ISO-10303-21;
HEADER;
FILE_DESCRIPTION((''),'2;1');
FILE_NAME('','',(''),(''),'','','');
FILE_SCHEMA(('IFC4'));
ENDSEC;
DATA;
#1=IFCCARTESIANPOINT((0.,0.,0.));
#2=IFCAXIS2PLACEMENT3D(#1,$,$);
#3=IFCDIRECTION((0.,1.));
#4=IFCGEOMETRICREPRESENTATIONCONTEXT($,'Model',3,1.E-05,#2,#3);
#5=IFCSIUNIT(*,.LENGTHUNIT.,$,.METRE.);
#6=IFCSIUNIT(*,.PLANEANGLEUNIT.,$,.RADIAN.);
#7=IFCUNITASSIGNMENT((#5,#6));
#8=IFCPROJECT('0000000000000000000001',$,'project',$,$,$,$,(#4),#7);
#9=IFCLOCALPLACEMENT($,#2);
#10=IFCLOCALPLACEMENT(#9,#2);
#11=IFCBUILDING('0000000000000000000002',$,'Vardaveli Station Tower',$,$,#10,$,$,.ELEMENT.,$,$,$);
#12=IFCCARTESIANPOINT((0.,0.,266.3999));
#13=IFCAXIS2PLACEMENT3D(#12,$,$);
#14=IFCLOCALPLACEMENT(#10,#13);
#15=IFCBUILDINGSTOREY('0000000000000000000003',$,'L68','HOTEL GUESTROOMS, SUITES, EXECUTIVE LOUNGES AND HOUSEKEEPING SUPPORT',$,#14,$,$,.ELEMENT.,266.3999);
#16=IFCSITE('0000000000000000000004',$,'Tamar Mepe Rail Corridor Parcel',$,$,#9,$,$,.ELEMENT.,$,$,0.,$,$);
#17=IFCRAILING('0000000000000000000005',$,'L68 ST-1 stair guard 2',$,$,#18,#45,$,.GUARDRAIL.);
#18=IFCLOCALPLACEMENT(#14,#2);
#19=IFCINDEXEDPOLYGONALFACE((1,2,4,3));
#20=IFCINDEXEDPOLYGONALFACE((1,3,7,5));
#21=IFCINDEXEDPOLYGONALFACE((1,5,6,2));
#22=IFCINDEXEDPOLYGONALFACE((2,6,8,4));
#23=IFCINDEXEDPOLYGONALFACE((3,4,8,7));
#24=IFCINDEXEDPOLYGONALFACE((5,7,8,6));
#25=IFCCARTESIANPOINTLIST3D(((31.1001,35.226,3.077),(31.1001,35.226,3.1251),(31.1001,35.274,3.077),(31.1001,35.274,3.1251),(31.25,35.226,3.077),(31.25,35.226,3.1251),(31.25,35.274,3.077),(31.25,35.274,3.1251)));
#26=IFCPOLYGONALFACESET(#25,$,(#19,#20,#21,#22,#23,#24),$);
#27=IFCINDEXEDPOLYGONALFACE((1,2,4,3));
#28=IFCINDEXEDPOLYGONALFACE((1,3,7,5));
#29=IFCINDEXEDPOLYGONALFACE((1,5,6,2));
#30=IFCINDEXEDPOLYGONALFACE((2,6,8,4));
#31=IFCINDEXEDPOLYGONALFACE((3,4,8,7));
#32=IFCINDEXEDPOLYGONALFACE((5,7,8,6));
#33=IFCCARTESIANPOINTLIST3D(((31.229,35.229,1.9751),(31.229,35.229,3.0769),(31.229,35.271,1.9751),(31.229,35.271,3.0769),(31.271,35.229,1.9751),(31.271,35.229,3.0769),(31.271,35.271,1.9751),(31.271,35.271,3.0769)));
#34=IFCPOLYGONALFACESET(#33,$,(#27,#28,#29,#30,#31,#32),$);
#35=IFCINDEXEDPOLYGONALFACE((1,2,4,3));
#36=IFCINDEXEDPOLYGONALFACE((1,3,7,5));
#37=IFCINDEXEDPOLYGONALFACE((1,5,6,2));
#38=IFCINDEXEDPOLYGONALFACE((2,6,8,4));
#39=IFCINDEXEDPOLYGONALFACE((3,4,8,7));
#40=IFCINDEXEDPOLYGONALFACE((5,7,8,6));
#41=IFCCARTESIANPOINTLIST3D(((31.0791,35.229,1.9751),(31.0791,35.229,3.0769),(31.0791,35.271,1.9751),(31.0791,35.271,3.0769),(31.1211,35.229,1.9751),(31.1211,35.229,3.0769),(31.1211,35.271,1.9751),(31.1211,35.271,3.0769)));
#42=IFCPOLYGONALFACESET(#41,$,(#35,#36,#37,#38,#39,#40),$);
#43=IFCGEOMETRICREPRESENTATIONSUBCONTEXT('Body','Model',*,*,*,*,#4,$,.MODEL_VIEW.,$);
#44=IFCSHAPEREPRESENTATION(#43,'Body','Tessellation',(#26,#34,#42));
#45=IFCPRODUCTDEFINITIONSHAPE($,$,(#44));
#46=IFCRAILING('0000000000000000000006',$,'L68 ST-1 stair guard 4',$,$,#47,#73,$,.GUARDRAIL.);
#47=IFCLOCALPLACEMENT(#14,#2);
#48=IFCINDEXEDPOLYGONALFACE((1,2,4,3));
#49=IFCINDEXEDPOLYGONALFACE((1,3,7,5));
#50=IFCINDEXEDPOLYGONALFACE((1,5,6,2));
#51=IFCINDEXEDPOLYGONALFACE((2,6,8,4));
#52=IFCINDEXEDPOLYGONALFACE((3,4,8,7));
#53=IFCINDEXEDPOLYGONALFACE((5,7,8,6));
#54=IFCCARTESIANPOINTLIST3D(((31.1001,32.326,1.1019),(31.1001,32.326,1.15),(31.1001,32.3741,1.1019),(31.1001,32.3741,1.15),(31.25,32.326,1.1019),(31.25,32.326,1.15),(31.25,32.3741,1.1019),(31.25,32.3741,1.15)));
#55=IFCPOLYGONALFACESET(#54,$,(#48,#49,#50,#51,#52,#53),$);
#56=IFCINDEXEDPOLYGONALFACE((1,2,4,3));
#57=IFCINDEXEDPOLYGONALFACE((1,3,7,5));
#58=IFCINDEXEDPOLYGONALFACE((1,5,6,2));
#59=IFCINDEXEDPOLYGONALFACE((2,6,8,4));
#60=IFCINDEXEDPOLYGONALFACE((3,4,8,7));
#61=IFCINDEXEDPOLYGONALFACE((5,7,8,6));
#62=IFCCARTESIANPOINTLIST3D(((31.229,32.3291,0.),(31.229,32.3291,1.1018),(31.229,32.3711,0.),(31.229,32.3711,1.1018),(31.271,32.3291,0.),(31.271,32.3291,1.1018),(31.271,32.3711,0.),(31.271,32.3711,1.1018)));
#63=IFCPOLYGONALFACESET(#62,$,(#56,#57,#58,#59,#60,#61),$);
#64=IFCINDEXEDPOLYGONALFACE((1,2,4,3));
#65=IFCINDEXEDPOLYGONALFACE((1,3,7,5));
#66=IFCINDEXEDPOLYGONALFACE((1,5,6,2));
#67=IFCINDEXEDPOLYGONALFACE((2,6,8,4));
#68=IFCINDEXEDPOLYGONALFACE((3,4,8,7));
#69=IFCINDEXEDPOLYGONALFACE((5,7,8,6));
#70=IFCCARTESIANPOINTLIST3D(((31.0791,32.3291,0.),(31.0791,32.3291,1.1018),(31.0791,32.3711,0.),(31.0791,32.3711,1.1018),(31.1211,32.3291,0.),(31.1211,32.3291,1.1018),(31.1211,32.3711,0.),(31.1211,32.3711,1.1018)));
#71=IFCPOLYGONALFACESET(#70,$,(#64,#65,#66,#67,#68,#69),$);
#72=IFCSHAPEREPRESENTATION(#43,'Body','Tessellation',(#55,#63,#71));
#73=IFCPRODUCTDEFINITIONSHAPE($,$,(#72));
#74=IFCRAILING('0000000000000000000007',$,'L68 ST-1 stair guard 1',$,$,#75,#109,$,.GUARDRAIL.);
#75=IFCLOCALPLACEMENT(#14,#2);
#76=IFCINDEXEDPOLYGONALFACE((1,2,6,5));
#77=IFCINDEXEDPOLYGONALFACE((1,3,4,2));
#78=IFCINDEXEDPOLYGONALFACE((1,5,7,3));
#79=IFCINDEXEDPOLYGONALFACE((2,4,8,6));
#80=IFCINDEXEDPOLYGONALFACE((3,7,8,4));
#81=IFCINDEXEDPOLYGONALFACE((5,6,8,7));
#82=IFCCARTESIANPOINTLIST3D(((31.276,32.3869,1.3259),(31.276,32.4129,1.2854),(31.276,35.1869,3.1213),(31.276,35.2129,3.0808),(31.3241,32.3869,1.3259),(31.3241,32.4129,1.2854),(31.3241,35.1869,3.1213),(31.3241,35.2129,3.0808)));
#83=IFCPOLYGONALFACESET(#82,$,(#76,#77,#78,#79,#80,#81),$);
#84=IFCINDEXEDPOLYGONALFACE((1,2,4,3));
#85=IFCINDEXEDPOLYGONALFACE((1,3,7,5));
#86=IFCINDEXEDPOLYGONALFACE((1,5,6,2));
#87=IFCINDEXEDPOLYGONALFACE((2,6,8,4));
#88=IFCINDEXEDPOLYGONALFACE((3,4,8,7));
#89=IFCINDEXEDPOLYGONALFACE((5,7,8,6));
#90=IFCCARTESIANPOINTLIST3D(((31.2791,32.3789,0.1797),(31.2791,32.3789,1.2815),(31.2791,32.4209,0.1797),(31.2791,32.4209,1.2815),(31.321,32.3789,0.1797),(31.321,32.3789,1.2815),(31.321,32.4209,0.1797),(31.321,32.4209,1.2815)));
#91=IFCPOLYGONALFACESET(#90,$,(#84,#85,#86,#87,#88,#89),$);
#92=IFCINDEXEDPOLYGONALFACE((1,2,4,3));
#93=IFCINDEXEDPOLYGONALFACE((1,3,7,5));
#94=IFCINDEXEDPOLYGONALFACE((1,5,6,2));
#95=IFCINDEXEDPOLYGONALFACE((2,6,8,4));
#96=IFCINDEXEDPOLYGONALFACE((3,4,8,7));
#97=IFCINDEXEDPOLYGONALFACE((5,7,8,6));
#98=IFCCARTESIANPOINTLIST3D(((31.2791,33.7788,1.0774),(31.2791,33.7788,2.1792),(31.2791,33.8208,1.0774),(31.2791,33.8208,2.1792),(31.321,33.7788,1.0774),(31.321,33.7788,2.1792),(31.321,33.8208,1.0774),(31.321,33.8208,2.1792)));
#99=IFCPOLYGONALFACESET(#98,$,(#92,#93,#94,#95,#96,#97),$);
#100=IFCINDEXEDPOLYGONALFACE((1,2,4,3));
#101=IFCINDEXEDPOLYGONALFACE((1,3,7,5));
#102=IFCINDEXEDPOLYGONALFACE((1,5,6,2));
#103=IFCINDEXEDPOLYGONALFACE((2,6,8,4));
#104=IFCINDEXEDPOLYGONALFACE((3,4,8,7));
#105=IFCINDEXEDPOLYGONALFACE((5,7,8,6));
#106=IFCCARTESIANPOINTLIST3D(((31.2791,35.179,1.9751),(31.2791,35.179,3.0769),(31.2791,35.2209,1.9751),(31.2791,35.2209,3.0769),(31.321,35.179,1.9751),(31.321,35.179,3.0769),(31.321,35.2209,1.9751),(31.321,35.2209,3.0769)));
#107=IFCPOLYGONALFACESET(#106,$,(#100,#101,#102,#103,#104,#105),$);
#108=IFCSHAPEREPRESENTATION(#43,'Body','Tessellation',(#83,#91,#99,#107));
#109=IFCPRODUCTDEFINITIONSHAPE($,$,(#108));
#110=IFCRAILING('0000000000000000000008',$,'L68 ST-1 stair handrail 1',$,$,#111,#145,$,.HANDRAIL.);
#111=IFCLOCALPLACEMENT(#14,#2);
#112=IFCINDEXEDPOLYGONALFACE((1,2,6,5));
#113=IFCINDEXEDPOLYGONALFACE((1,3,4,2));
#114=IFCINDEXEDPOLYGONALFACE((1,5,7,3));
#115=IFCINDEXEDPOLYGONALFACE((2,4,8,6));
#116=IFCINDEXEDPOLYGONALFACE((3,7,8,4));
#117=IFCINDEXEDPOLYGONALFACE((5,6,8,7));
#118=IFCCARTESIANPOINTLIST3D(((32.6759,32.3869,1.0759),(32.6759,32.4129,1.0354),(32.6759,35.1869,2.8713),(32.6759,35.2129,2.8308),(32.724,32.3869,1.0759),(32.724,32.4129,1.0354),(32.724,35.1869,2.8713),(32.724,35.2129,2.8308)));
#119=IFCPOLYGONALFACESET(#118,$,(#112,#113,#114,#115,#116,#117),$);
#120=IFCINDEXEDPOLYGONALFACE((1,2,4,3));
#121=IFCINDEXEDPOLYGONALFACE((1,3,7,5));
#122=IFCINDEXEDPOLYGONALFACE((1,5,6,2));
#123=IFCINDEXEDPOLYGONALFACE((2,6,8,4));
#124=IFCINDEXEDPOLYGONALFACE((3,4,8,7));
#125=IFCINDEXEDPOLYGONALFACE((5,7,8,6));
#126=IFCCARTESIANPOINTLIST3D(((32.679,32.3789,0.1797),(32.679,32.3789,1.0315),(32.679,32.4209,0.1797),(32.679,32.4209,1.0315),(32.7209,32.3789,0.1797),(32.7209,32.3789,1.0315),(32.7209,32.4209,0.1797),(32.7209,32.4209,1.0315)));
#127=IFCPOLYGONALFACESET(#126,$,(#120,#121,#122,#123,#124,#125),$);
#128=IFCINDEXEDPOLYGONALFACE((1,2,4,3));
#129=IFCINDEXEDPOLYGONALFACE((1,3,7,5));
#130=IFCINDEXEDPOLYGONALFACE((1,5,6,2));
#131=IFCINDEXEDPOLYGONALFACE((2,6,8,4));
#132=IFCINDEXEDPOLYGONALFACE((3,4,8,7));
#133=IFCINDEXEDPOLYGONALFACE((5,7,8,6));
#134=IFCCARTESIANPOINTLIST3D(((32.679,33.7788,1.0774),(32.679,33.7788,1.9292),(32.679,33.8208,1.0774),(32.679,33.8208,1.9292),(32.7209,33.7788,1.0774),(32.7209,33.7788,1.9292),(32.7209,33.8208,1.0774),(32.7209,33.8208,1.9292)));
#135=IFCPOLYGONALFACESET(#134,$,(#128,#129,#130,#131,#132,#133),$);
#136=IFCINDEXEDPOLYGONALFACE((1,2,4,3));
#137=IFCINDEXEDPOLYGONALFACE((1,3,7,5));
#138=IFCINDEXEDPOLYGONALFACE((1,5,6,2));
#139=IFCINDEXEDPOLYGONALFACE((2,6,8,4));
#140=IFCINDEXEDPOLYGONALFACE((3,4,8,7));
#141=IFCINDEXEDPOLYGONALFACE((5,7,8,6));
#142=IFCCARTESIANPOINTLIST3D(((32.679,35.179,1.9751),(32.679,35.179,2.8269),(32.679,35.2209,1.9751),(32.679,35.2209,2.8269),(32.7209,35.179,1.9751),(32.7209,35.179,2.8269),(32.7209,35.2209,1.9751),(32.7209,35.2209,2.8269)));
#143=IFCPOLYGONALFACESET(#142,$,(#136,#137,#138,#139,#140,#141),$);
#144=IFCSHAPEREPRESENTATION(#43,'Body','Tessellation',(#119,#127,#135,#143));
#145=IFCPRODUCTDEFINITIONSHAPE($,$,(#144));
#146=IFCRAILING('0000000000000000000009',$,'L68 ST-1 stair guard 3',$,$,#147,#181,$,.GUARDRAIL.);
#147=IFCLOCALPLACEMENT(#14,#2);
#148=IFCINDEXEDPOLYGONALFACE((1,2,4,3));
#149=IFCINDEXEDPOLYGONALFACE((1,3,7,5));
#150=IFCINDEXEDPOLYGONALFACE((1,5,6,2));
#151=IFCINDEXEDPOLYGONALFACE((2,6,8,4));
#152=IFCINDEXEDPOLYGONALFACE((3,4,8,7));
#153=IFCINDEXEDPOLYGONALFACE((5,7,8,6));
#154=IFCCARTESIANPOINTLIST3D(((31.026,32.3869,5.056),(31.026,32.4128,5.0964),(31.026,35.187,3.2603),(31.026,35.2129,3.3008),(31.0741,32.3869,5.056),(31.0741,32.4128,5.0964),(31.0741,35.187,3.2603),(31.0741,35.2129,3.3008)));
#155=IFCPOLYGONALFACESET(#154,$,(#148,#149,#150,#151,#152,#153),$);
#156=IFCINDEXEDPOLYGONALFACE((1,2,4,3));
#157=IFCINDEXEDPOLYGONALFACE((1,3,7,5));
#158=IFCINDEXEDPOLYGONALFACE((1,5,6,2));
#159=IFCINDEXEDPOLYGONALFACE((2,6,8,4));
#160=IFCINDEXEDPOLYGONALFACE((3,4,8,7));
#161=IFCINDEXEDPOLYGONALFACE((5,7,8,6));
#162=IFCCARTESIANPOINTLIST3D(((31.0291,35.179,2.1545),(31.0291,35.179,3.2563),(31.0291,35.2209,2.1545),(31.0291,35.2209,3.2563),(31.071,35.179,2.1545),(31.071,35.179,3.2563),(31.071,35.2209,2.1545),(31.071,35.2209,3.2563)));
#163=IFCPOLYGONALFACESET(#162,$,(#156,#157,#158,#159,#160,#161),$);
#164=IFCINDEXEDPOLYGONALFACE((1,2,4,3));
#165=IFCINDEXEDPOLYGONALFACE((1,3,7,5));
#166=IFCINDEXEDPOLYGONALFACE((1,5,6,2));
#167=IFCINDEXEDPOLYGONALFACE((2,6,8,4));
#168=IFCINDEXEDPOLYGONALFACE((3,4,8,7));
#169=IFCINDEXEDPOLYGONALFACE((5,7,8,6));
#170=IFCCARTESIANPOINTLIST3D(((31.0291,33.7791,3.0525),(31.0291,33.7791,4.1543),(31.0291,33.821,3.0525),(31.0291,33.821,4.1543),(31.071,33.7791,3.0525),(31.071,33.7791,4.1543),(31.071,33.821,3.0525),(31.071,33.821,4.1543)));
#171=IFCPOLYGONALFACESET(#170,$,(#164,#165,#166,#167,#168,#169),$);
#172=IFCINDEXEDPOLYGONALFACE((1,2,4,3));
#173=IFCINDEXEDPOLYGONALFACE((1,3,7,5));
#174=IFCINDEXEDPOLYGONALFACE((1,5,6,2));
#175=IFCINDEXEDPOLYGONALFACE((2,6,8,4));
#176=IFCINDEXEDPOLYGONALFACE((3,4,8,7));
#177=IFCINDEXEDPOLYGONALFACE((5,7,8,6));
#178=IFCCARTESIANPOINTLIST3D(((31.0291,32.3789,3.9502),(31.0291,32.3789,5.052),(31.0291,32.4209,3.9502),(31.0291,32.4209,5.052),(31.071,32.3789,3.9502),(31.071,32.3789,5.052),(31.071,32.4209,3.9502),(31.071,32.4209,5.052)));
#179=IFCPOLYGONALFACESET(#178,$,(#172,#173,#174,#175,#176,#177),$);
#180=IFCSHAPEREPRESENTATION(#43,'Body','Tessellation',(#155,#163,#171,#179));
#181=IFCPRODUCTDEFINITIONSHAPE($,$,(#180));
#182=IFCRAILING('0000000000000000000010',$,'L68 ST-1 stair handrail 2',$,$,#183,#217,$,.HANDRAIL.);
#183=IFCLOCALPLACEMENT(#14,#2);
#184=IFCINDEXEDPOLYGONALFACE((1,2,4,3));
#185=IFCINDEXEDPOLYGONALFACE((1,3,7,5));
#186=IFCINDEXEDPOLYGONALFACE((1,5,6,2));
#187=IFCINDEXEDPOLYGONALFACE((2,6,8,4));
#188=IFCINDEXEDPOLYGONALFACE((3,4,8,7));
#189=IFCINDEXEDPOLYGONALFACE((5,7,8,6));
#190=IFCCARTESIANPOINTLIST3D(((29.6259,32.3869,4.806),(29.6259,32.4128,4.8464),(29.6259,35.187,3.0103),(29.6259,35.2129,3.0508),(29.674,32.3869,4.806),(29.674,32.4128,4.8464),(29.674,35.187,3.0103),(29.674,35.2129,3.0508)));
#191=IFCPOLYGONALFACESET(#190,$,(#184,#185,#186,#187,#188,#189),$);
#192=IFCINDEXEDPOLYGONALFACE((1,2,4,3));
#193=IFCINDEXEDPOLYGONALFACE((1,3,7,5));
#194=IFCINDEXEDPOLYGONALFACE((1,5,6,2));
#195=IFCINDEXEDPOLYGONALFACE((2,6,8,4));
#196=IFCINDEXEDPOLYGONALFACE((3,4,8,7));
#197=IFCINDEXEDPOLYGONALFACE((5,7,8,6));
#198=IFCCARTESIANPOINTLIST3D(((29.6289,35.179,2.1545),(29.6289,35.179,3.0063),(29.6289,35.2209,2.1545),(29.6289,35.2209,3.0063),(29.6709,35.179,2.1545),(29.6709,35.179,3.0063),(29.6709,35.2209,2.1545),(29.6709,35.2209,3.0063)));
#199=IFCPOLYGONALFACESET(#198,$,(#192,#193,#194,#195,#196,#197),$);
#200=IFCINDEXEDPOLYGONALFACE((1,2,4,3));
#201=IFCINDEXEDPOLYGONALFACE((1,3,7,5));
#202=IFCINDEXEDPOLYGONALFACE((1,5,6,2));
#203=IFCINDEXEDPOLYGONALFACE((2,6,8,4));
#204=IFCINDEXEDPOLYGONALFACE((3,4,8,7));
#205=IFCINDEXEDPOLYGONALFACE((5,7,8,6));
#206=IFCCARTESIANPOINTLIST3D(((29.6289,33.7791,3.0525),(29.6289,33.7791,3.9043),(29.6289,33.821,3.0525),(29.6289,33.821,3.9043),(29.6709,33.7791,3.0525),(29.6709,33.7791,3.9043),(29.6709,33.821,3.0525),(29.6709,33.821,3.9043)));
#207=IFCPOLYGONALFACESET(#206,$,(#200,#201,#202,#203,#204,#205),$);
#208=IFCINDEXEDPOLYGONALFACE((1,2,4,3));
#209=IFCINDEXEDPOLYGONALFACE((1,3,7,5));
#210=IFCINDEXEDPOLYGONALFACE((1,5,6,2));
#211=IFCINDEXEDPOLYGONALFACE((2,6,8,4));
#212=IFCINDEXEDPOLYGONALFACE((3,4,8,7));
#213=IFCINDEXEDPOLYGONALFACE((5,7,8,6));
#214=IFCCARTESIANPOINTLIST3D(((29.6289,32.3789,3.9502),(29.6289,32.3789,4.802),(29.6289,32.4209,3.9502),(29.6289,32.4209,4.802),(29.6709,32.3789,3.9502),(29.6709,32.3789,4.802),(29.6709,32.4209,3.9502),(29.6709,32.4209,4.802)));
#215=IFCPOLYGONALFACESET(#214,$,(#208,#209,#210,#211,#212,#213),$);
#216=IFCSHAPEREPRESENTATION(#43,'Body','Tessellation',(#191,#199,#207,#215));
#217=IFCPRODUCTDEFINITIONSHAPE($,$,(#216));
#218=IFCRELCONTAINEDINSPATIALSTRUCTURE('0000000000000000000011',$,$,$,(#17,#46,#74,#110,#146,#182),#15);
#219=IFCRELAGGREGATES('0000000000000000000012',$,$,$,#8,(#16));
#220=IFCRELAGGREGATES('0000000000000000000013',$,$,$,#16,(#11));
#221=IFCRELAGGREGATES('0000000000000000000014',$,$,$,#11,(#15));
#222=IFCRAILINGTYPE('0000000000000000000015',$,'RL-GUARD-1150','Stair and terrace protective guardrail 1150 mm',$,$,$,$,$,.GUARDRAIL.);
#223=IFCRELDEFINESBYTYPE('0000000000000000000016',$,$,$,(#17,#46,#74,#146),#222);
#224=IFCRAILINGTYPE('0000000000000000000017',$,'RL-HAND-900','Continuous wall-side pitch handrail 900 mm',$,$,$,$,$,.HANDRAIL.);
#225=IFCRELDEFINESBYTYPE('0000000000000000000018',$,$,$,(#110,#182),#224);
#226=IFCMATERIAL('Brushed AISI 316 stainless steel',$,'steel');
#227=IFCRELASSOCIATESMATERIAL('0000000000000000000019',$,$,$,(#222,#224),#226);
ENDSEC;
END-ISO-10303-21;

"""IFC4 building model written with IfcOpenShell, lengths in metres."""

from ifc_helpers import new_model, si_unit, direction, frame, origin, origin_2d, place, context, subcontext, project, spatial, rectangle, extrude, source, transform, mapped, material, type_object, element, save


model = new_model("IFC4")

# Units and contexts
model_context = context("Model", 3, precision=1e-05, world=origin(), true_north=direction((0.0, 1.0)))
body_context = subcontext(model_context, "Body", "Model", "MODEL_VIEW")
ifc_project = project(units=[si_unit("LENGTHUNIT", "METRE"), si_unit("PLANEANGLEUNIT", "RADIAN")], contexts=[model_context])

# Site, building, storey
site_placement = place(None, origin())
site = spatial("IfcSite", under=ifc_project, at=site_placement, Name="Tamar Mepe Rail Corridor Parcel", CompositionType="ELEMENT", RefElevation=0.0)
building_placement = place(site_placement, origin())
building = spatial("IfcBuilding", under=site, at=building_placement, Name="Vardaveli Station Tower", CompositionType="ELEMENT")
storey_placement = place(building_placement, frame((0.0, 0.0, 266.3999)))
storey = spatial("IfcBuildingStorey", under=building, at=storey_placement, Name="L68", Description="HOTEL GUESTROOMS, SUITES, EXECUTIVE LOUNGES AND HOUSEKEEPING SUPPORT", CompositionType="ELEMENT", Elevation=266.3999)

# Railings
ifc_material_1 = material(Name="Brushed AISI 316 stainless steel", Category="steel")
railing_type_1 = type_object("IfcRailingType", Name="RL-GUARD-1150", Description="Stair and terrace protective guardrail 1150 mm", PredefinedType="GUARDRAIL", material=ifc_material_1)
shared_shape_1 = source(origin(), body_context, "Body", "SweptSolid", [
    extrude(rectangle(XDim=0.0481, YDim=0.0481, at=origin_2d()), frame((0.0, 0.0, 1.126), z_axis=(-1.0, 0.0, 0.0), x_axis=(0.0, -1.0, 0.0)), (0.0, 0.0, 1.0), 0.1499),
    extrude(rectangle(XDim=0.042, YDim=0.042, at=origin_2d()), origin(), (0.0, 0.0, 1.0), 1.1018),
    extrude(rectangle(XDim=0.042, YDim=0.042, at=origin_2d()), frame((-0.1499, 0.0, 0.0)), (0.0, 0.0, 1.0), 1.1018),
])
for number, where, name in (
    (1, (31.25, 35.25, 1.9751), "L68 ST-1 stair guard 2"),
    (2, (31.25, 32.3501, 0.0), "L68 ST-1 stair guard 4"),
):
    element("IfcRailing", number, at=place(storey_placement, frame(where)), inside=storey, type_object=railing_type_1, Name=name, PredefinedType="GUARDRAIL", context=body_context, shape_type="MappedRepresentation", body=[
        mapped(shared_shape_1, transform((0.0, 0.0, 0.0), scale=1.0)),
    ])
shared_shape_2 = source(origin(), body_context, "Body", "SweptSolid", [
    extrude(rectangle(XDim=0.0481, YDim=0.0481, at=origin_2d()), frame((0.0, 0.0, 1.126), z_axis=(0.0, 0.84181, 0.539774), x_axis=(-1.0, 0.0, 0.0)), (0.0, 0.0, 1.0), 3.3262),
    extrude(rectangle(XDim=0.042, YDim=0.042, at=origin_2d()), origin(), (0.0, 0.0, 1.0), 1.1018),
    extrude(rectangle(XDim=0.042, YDim=0.042, at=origin_2d()), frame((0.0, 1.3999, 0.8977)), (0.0, 0.0, 1.0), 1.1018),
    extrude(rectangle(XDim=0.042, YDim=0.042, at=origin_2d()), frame((0.0, 2.8, 1.7954)), (0.0, 0.0, 1.0), 1.1018),
])
railing_1_placement = place(storey_placement, frame((31.3, 32.3999, 0.1797)))
element("IfcRailing", 3, at=railing_1_placement, inside=storey, type_object=railing_type_1, Name="L68 ST-1 stair guard 1", PredefinedType="GUARDRAIL", context=body_context, shape_type="MappedRepresentation", body=[
    mapped(shared_shape_2, transform((0.0, 0.0, 0.0), scale=1.0)),
])
railing_type_2 = type_object("IfcRailingType", Name="RL-HAND-900", Description="Continuous wall-side pitch handrail 900 mm", PredefinedType="HANDRAIL", material=ifc_material_1)
shared_shape_3 = source(origin(), body_context, "Body", "SweptSolid", [
    extrude(rectangle(XDim=0.0481, YDim=0.0481, at=origin_2d()), frame((0.0, 0.0, 0.876), z_axis=(0.0, 0.84181, 0.539774), x_axis=(-1.0, 0.0, 0.0)), (0.0, 0.0, 1.0), 3.3262),
    extrude(rectangle(XDim=0.042, YDim=0.042, at=origin_2d()), origin(), (0.0, 0.0, 1.0), 0.8518),
    extrude(rectangle(XDim=0.042, YDim=0.042, at=origin_2d()), frame((0.0, 1.3999, 0.8977)), (0.0, 0.0, 1.0), 0.8518),
    extrude(rectangle(XDim=0.042, YDim=0.042, at=origin_2d()), frame((0.0, 2.8, 1.7954)), (0.0, 0.0, 1.0), 0.8518),
])
railing_2_placement = place(storey_placement, frame((32.7, 32.3999, 0.1797)))
element("IfcRailing", 4, at=railing_2_placement, inside=storey, type_object=railing_type_2, Name="L68 ST-1 stair handrail 1", PredefinedType="HANDRAIL", context=body_context, shape_type="MappedRepresentation", body=[
    mapped(shared_shape_3, transform((0.0, 0.0, 0.0), scale=1.0)),
])
shared_shape_4 = source(origin(), body_context, "Body", "SweptSolid", [
    extrude(rectangle(XDim=0.0481, YDim=0.0481, at=origin_2d()), frame((0.0, 0.0, 1.126), z_axis=(0.0, -0.841777, 0.539826), x_axis=(1.0, 0.0, 0.0)), (0.0, 0.0, 1.0), 3.3264),
    extrude(rectangle(XDim=0.042, YDim=0.042, at=origin_2d()), origin(), (0.0, 0.0, 1.0), 1.1018),
    extrude(rectangle(XDim=0.042, YDim=0.042, at=origin_2d()), frame((0.0, -1.3999, 0.8979)), (0.0, 0.0, 1.0), 1.1018),
    extrude(rectangle(XDim=0.042, YDim=0.042, at=origin_2d()), frame((0.0, -2.8, 1.7957)), (0.0, 0.0, 1.0), 1.1018),
])
railing_3_placement = place(storey_placement, frame((31.05, 35.2, 2.1545)))
element("IfcRailing", 5, at=railing_3_placement, inside=storey, type_object=railing_type_1, Name="L68 ST-1 stair guard 3", PredefinedType="GUARDRAIL", context=body_context, shape_type="MappedRepresentation", body=[
    mapped(shared_shape_4, transform((0.0, 0.0, 0.0), scale=1.0)),
])
shared_shape_5 = source(origin(), body_context, "Body", "SweptSolid", [
    extrude(rectangle(XDim=0.0481, YDim=0.0481, at=origin_2d()), frame((0.0, 0.0, 0.876), z_axis=(0.0, -0.841777, 0.539826), x_axis=(1.0, 0.0, 0.0)), (0.0, 0.0, 1.0), 3.3264),
    extrude(rectangle(XDim=0.042, YDim=0.042, at=origin_2d()), origin(), (0.0, 0.0, 1.0), 0.8518),
    extrude(rectangle(XDim=0.042, YDim=0.042, at=origin_2d()), frame((0.0, -1.3999, 0.8979)), (0.0, 0.0, 1.0), 0.8518),
    extrude(rectangle(XDim=0.042, YDim=0.042, at=origin_2d()), frame((0.0, -2.8, 1.7957)), (0.0, 0.0, 1.0), 0.8518),
])
for number, where, name in (
    (6, (29.6499, 35.2, 2.1545), "L68 ST-1 stair handrail 2"),
):
    element("IfcRailing", number, at=place(storey_placement, frame(where)), inside=storey, type_object=railing_type_2, Name=name, PredefinedType="HANDRAIL", context=body_context, shape_type="MappedRepresentation", body=[
        mapped(shared_shape_5, transform((0.0, 0.0, 0.0), scale=1.0)),
    ])

save(model, "model.ifc")
